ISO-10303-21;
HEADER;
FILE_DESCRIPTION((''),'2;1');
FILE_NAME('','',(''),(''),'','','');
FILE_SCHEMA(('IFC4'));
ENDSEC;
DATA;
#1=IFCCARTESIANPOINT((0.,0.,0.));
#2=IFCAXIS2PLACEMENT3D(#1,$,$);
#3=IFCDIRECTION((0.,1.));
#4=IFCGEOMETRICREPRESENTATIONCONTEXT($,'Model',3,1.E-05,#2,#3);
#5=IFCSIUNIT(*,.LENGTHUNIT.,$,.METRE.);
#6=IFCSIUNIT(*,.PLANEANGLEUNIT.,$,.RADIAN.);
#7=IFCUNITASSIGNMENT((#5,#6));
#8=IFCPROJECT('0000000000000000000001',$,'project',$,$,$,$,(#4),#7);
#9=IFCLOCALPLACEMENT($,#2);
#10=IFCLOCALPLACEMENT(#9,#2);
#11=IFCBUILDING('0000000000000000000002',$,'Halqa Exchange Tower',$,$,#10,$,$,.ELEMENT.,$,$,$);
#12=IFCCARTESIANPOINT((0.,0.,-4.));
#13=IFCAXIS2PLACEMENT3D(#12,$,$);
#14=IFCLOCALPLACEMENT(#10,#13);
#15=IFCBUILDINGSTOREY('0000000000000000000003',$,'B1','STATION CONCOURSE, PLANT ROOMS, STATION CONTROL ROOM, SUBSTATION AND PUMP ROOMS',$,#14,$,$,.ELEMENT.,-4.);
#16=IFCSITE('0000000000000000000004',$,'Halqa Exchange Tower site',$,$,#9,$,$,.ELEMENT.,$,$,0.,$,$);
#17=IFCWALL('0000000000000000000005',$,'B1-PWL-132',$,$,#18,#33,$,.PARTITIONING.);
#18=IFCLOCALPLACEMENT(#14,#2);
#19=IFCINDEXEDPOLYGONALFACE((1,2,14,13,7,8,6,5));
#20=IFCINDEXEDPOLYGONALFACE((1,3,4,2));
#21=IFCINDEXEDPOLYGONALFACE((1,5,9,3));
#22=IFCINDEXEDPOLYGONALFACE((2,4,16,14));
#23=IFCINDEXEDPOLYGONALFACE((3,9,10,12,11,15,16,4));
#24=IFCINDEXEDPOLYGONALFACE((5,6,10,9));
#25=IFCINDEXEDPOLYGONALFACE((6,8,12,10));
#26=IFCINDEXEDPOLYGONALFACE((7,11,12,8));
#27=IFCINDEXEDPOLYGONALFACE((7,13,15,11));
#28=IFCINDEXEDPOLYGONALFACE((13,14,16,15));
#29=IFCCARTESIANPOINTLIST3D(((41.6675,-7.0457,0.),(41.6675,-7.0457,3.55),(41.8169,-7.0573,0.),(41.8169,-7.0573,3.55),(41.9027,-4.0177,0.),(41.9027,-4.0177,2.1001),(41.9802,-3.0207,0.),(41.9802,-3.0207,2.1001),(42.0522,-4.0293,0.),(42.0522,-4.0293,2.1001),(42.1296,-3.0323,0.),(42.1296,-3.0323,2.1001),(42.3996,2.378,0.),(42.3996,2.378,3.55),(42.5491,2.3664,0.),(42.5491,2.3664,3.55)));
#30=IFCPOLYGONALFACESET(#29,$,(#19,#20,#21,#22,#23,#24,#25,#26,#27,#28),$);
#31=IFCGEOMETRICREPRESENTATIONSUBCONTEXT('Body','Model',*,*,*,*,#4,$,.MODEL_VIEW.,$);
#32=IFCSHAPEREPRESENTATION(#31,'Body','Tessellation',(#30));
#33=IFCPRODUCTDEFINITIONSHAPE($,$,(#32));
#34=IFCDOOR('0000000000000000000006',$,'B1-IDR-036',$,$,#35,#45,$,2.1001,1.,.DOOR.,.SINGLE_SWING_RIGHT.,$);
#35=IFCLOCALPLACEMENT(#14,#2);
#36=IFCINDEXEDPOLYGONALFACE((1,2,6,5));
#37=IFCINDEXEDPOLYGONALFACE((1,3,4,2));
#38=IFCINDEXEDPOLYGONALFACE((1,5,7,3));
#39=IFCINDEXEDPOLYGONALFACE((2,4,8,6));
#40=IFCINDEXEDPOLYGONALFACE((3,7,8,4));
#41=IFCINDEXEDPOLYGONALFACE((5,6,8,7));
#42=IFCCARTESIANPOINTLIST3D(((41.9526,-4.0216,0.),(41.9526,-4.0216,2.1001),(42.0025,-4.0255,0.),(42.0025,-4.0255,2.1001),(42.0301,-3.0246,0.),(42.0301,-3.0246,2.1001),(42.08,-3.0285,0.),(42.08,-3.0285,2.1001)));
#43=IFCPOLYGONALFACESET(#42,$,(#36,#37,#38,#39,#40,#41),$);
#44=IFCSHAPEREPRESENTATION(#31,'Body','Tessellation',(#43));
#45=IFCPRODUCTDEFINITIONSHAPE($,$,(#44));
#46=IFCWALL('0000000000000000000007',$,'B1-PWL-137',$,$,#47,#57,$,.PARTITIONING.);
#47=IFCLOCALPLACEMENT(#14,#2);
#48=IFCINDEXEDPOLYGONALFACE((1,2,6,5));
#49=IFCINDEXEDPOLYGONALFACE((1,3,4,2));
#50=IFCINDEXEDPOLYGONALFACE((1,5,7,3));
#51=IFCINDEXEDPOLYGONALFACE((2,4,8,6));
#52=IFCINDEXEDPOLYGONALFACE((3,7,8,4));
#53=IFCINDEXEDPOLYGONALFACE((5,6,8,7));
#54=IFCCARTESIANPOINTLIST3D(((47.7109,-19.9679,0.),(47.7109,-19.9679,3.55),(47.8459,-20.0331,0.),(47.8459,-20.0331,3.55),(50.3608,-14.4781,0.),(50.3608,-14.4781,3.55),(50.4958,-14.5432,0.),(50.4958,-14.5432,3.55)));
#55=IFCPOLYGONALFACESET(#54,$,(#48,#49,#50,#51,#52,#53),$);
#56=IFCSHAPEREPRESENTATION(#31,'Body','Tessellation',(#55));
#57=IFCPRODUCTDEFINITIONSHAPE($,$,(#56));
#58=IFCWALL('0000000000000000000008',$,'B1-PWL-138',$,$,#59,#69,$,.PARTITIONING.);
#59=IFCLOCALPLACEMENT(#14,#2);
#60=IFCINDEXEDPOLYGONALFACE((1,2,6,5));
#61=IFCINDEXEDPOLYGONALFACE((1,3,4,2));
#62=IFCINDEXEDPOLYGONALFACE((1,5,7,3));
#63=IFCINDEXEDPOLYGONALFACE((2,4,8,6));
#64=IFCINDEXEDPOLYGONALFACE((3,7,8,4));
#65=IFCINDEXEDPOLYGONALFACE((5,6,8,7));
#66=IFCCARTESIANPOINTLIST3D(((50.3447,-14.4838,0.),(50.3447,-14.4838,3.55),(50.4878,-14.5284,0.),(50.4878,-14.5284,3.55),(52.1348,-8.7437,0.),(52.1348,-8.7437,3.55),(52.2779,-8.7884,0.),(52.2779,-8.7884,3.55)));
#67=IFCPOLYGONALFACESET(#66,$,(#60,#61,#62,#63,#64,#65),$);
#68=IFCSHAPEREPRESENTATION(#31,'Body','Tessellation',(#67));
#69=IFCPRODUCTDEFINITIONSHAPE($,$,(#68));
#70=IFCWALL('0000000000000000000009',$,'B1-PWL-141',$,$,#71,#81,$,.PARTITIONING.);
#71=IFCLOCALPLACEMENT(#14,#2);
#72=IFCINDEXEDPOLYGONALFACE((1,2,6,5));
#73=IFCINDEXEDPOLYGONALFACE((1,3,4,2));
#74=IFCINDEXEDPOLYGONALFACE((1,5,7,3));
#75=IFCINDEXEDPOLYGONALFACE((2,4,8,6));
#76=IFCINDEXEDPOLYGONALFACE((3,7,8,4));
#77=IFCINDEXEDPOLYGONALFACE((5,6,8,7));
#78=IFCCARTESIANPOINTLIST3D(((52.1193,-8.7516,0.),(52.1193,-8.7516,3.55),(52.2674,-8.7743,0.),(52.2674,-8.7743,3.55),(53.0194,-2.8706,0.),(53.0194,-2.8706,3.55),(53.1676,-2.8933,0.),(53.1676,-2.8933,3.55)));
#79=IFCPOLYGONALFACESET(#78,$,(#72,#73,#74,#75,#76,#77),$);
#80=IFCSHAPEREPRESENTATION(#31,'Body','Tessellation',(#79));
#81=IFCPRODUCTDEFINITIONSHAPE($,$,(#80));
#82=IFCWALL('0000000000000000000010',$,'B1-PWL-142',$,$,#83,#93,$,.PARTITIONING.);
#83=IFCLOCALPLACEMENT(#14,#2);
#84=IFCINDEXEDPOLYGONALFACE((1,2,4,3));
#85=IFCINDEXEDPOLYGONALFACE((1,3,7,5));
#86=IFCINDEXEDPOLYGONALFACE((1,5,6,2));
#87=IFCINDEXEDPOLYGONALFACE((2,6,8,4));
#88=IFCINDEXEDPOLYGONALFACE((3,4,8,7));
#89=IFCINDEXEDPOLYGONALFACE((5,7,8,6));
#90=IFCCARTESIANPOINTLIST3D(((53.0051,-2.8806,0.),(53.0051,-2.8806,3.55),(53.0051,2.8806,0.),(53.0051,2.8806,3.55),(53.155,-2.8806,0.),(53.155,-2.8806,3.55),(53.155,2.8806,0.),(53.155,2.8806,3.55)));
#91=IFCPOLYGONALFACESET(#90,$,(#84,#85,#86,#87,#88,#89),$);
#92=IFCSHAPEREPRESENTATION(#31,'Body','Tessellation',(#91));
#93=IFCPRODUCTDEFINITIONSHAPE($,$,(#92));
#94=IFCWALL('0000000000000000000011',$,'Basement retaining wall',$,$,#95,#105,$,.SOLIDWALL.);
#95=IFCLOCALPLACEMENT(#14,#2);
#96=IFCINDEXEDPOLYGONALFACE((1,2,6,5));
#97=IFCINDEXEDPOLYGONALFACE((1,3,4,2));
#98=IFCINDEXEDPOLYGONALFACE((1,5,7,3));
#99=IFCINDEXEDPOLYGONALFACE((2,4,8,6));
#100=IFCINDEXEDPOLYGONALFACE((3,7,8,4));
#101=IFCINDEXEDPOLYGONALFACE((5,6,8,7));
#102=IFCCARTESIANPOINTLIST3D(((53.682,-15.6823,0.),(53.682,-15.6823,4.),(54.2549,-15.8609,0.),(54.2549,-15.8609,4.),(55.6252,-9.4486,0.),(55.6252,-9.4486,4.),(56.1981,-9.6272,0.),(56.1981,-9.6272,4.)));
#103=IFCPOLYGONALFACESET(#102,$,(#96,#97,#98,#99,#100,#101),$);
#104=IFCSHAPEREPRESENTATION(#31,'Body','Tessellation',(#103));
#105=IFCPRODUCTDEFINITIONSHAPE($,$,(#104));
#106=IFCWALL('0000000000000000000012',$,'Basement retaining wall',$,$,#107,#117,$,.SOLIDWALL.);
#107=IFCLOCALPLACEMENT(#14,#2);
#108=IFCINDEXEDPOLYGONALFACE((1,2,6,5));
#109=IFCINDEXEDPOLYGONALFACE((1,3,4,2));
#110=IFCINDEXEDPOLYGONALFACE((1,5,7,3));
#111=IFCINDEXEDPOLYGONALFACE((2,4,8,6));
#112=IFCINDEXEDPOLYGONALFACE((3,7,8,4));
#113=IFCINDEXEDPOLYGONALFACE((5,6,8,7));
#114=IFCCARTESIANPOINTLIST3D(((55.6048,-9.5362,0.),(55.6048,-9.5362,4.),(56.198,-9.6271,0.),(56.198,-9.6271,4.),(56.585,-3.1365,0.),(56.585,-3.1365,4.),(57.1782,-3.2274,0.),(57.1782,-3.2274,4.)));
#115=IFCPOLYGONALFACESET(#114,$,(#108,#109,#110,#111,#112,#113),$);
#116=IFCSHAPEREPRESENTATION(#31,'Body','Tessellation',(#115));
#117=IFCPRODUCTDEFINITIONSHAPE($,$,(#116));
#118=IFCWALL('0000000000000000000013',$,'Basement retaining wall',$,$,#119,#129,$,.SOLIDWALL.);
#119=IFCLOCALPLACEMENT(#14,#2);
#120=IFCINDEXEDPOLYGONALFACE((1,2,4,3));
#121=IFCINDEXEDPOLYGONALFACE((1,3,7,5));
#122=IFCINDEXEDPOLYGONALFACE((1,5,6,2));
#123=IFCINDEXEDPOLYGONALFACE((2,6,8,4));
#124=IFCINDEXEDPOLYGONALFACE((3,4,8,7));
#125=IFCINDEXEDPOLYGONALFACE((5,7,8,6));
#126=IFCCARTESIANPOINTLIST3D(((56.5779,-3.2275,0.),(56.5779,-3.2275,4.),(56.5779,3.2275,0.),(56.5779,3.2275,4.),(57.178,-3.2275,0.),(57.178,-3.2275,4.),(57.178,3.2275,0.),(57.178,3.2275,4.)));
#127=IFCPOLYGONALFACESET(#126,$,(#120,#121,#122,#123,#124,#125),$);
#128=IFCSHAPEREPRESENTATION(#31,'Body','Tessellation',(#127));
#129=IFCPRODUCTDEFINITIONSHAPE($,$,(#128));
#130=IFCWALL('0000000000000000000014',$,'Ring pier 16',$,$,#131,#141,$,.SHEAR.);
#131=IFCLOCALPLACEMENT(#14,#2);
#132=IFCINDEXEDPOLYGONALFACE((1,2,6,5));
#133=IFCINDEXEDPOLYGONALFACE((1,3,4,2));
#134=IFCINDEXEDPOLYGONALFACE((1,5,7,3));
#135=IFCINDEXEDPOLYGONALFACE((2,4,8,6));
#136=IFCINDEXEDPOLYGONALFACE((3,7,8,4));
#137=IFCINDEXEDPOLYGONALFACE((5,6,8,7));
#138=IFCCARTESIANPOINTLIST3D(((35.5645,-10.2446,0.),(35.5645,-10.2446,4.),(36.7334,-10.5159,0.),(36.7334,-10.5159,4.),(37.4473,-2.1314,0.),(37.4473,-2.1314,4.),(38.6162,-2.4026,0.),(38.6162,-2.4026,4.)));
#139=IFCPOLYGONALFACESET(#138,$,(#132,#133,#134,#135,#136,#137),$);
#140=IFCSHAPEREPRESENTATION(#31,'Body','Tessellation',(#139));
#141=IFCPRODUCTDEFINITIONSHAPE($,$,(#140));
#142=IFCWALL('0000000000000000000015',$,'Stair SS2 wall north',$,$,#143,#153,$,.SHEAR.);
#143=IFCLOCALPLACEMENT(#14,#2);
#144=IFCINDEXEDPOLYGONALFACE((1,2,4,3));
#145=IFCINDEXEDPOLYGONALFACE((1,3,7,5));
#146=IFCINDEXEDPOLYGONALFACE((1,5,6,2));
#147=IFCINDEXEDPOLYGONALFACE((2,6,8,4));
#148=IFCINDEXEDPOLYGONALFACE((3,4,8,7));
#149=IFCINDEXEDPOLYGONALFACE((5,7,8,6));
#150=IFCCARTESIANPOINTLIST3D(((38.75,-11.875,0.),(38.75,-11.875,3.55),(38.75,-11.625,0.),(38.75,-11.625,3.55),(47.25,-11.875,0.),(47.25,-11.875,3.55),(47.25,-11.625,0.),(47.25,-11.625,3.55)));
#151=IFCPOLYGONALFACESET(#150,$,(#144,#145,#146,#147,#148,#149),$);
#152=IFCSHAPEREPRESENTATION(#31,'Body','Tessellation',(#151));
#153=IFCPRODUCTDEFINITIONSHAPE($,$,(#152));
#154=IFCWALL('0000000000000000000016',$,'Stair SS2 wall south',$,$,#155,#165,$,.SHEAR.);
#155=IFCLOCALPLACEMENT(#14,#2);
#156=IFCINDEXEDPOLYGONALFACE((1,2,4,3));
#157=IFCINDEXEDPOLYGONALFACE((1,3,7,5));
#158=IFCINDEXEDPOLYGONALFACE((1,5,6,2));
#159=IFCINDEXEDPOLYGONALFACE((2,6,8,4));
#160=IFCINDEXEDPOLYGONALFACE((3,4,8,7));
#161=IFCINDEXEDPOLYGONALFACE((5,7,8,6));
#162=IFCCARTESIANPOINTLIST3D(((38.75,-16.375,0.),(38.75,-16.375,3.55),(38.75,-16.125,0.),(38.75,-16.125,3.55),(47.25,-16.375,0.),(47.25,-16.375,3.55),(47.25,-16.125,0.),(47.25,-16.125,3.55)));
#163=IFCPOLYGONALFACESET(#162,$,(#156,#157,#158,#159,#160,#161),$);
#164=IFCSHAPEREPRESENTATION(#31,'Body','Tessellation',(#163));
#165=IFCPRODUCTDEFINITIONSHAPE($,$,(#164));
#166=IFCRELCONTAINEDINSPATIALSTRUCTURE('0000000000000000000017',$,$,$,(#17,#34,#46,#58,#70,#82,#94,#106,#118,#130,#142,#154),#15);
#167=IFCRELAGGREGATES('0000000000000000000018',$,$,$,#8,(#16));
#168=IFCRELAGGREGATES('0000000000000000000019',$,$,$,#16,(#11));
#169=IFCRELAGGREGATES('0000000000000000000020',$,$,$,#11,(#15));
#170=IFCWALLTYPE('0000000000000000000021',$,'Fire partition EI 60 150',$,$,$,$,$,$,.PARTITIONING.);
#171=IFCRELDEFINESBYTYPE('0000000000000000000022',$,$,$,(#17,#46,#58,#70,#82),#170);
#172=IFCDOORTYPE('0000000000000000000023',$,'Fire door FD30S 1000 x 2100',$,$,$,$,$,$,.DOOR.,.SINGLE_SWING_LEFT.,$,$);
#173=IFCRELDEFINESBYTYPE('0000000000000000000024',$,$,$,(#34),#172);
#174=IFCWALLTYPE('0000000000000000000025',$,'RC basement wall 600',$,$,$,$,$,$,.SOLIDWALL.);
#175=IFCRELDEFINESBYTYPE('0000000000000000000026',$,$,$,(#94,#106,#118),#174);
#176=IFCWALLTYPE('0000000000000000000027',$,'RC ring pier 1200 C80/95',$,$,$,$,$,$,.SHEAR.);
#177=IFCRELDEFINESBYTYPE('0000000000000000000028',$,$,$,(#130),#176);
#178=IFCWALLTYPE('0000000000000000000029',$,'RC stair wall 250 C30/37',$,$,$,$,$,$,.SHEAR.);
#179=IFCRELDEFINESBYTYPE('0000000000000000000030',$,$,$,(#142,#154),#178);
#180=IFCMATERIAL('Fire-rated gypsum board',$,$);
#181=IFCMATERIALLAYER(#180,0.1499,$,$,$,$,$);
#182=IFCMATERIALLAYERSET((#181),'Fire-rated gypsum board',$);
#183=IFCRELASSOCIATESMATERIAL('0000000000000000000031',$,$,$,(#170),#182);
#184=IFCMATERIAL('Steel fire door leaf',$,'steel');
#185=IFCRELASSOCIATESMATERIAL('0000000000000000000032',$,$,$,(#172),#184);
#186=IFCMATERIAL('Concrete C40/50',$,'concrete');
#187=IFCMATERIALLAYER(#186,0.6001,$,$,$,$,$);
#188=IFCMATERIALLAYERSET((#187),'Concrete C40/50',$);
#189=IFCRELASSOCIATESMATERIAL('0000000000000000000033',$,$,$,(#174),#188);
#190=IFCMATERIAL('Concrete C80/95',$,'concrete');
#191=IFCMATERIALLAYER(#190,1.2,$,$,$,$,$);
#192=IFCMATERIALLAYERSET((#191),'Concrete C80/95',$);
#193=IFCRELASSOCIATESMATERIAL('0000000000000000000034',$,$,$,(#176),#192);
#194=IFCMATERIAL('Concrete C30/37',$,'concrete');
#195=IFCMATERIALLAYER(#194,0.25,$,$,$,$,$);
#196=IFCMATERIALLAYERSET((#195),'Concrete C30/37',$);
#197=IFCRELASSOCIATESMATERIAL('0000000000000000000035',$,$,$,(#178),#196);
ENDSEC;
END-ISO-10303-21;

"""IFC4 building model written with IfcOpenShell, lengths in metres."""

from ifc_helpers import new_model, si_unit, direction, frame, frame_2d, origin, place, context, subcontext, project, spatial, rectangle, extrude, material, layer, layer_set, type_object, element, fill, save


model = new_model("IFC4")

# Units and contexts
model_context = context("Model", 3, precision=1e-05, world=origin(), true_north=direction((0.0, 1.0)))
body_context = subcontext(model_context, "Body", "Model", "MODEL_VIEW")
ifc_project = project(units=[si_unit("LENGTHUNIT", "METRE"), si_unit("PLANEANGLEUNIT", "RADIAN")], contexts=[model_context])

# Site, building, storey
site_placement = place(None, origin())
site = spatial("IfcSite", under=ifc_project, at=site_placement, Name="Halqa Exchange Tower site", CompositionType="ELEMENT", RefElevation=0.0)
building_placement = place(site_placement, origin())
building = spatial("IfcBuilding", under=site, at=building_placement, Name="Halqa Exchange Tower", CompositionType="ELEMENT")
storey_placement = place(building_placement, frame((0.0, 0.0, -4.0)))
storey = spatial("IfcBuildingStorey", under=building, at=storey_placement, Name="B1", Description="STATION CONCOURSE, PLANT ROOMS, STATION CONTROL ROOM, SUBSTATION AND PUMP ROOMS", CompositionType="ELEMENT", Elevation=-4.0)

# Shared definitions
ifc_material_1 = material(Name="Fire-rated gypsum board")
ifc_layer_1 = layer(ifc_material_1, 0.1499)
ifc_layer_set_1 = layer_set([ifc_layer_1], Name="Fire-rated gypsum board")
wall_type_1 = type_object("IfcWallType", Name="Fire partition EI 60 150", PredefinedType="PARTITIONING", material=ifc_layer_set_1)
ifc_material_2 = material(Name="Steel fire door leaf", Category="steel")

# Wall, opening, door
wall_1_placement = place(storey_placement, frame((41.7422, -7.0515, 0.0), z_axis=(0.0, 0.0, 1.0), x_axis=(0.077461, 0.996995, 0.0)))
wall_1 = element("IfcWall", 1, at=wall_1_placement, inside=storey, type_object=wall_type_1, Name="B1-PWL-132", PredefinedType="PARTITIONING", context=body_context, shape_type="SweptSolid", body=[
    extrude(rectangle(XDim=9.4521, YDim=0.1499, at=frame_2d((4.7261, 0.0))), origin(), (0.0, 0.0, 1.0), 3.55),
])
opening_1_placement = place(wall_1_placement, frame((3.0371, 0.0, 0.0)))
opening_1 = element("IfcOpeningElement", 2, at=opening_1_placement, cuts=wall_1, PredefinedType="OPENING", context=body_context, shape_type="SweptSolid", body=[
    extrude(rectangle(XDim=1.0, YDim=2.1001, at=frame_2d((0.5, 1.05))), frame((0.0, 0.0869, 0.0), z_axis=(0.0, -1.0, 0.0), x_axis=(1.0, 0.0, 0.0)), (0.0, 0.0, 1.0), 0.1738),
])
door_type_1 = type_object("IfcDoorType", Name="Fire door FD30S 1000 x 2100", OperationType="SINGLE_SWING_LEFT", PredefinedType="DOOR", material=ifc_material_2)
door_1_placement = place(opening_1_placement, origin())
door_1 = element("IfcDoor", 3, at=door_1_placement, inside=storey, type_object=door_type_1, Name="B1-IDR-036", OperationType="SINGLE_SWING_RIGHT", OverallHeight=2.1001, OverallWidth=1.0, PredefinedType="DOOR", context=body_context, shape_type="SweptSolid", body=[
    extrude(rectangle(XDim=1.0, YDim=2.1001, at=frame_2d((0.5, 1.05))), frame((0.0, 0.0249, 0.0), z_axis=(0.0, -1.0, 0.0), x_axis=(1.0, 0.0, 0.0)), (0.0, 0.0, 1.0), 0.05),
])
fill(opening_1, door_1)

# Walls
wall_2_placement = place(storey_placement, frame((50.4282, -14.5107, 0.0), z_axis=(0.0, 0.0, 1.0), x_axis=(-0.434691, -0.90058, 0.0)))
element("IfcWall", 4, at=wall_2_placement, inside=storey, type_object=wall_type_1, Name="B1-PWL-137", PredefinedType="PARTITIONING", context=body_context, shape_type="SweptSolid", body=[
    extrude(rectangle(XDim=6.0959, YDim=0.1499, at=frame_2d((3.0479, 0.0))), origin(), (0.0, 0.0, 1.0), 3.55),
])
wall_3_placement = place(storey_placement, frame((50.4163, -14.5061, 0.0), z_axis=(0.0, 0.0, 1.0), x_axis=(0.297713, 0.954655, 0.0)))
element("IfcWall", 5, at=wall_3_placement, inside=storey, type_object=wall_type_1, Name="B1-PWL-138", PredefinedType="PARTITIONING", context=body_context, shape_type="SweptSolid", body=[
    extrude(rectangle(XDim=6.0127, YDim=0.1499, at=frame_2d((3.0063, 0.0))), origin(), (0.0, 0.0, 1.0), 3.55),
])
wall_4_placement = place(storey_placement, frame((53.0935, -2.8821, 0.0), z_axis=(0.0, 0.0, 1.0), x_axis=(-0.151302, -0.988488, 0.0)))
element("IfcWall", 6, at=wall_4_placement, inside=storey, type_object=wall_type_1, Name="B1-PWL-141", PredefinedType="PARTITIONING", context=body_context, shape_type="SweptSolid", body=[
    extrude(rectangle(XDim=5.9495, YDim=0.1499, at=frame_2d((2.9746, 0.0))), origin(), (0.0, 0.0, 1.0), 3.55),
])
wall_5_placement = place(storey_placement, frame((53.0801, -2.8806, 0.0), z_axis=(0.0, 0.0, 1.0), x_axis=(0.0, 1.0, 0.0)))
element("IfcWall", 7, at=wall_5_placement, inside=storey, type_object=wall_type_1, Name="B1-PWL-142", PredefinedType="PARTITIONING", context=body_context, shape_type="SweptSolid", body=[
    extrude(rectangle(XDim=5.7612, YDim=0.1499, at=frame_2d((2.8806, 0.0))), origin(), (0.0, 0.0, 1.0), 3.55),
])
ifc_material_3 = material(Name="Concrete C40/50", Category="concrete")
ifc_layer_2 = layer(ifc_material_3, 0.6001)
ifc_layer_set_2 = layer_set([ifc_layer_2], Name="Concrete C40/50")
wall_type_2 = type_object("IfcWallType", Name="RC basement wall 600", PredefinedType="SOLIDWALL", material=ifc_layer_set_2)
wall_6_placement = place(storey_placement, frame((53.9685, -15.7715, 0.0), z_axis=(0.0, 0.0, 1.0), x_axis=(0.297592, 0.954693, 0.0)))
element("IfcWall", 8, at=wall_6_placement, inside=storey, type_object=wall_type_2, Name="Basement retaining wall", PredefinedType="SOLIDWALL", context=body_context, shape_type="SweptSolid", body=[
    extrude(rectangle(XDim=6.5295, YDim=0.6001, at=frame_2d((3.2646, 0.0))), origin(), (0.0, 0.0, 1.0), 4.0),
])
wall_7_placement = place(storey_placement, frame((55.9014, -9.5818, 0.0), z_axis=(0.0, 0.0, 1.0), x_axis=(0.151403, 0.988472, 0.0)))
element("IfcWall", 9, at=wall_7_placement, inside=storey, type_object=wall_type_2, Name="Basement retaining wall", PredefinedType="SOLIDWALL", context=body_context, shape_type="SweptSolid", body=[
    extrude(rectangle(XDim=6.4744, YDim=0.6001, at=frame_2d((3.2373, 0.0))), origin(), (0.0, 0.0, 1.0), 4.0),
])
wall_8_placement = place(storey_placement, frame((56.8779, -3.2275, 0.0), z_axis=(0.0, 0.0, 1.0), x_axis=(0.0, 1.0, 0.0)))
element("IfcWall", 10, at=wall_8_placement, inside=storey, type_object=wall_type_2, Name="Basement retaining wall", PredefinedType="SOLIDWALL", context=body_context, shape_type="SweptSolid", body=[
    extrude(rectangle(XDim=6.4551, YDim=0.6001, at=frame_2d((3.2275, 0.0))), origin(), (0.0, 0.0, 1.0), 4.0),
])
ifc_material_4 = material(Name="Concrete C80/95", Category="concrete")
ifc_layer_3 = layer(ifc_material_4, 1.2)
ifc_layer_set_3 = layer_set([ifc_layer_3], Name="Concrete C80/95")
wall_type_3 = type_object("IfcWallType", Name="RC ring pier 1200 C80/95", PredefinedType="SHEAR", material=ifc_layer_set_3)
wall_9_placement = place(storey_placement, frame((36.1489, -10.3804, 0.0), z_axis=(0.0, 0.0, 1.0), x_axis=(0.226058, 0.974114, 0.0)))
element("IfcWall", 11, at=wall_9_placement, inside=storey, type_object=wall_type_3, Name="Ring pier 16", PredefinedType="SHEAR", context=body_context, shape_type="SweptSolid", body=[
    extrude(rectangle(XDim=8.3289, YDim=1.2, at=frame_2d((4.1646, 0.0))), origin(), (0.0, 0.0, 1.0), 4.0),
])
ifc_material_5 = material(Name="Concrete C30/37", Category="concrete")
ifc_layer_4 = layer(ifc_material_5, 0.25)
ifc_layer_set_4 = layer_set([ifc_layer_4], Name="Concrete C30/37")
wall_type_4 = type_object("IfcWallType", Name="RC stair wall 250 C30/37", PredefinedType="SHEAR", material=ifc_layer_set_4)
for number, where, z_axis, x_axis, name in (
    (12, (38.75, -11.75, 0.0), (0.0, 0.0, 1.0), (1.0, 0.0, 0.0), "Stair SS2 wall north"),
    (13, (38.75, -16.25, 0.0), (0.0, 0.0, 1.0), (1.0, 0.0, 0.0), "Stair SS2 wall south"),
):
    element("IfcWall", number, at=place(storey_placement, frame(where, z_axis=z_axis, x_axis=x_axis)), inside=storey, type_object=wall_type_4, Name=name, PredefinedType="SHEAR", context=body_context, shape_type="SweptSolid", body=[
        extrude(rectangle(XDim=8.5, YDim=0.25, at=frame_2d((4.25, 0.0))), origin(), (0.0, 0.0, 1.0), 3.55),
    ])

save(model, "model.ifc")
